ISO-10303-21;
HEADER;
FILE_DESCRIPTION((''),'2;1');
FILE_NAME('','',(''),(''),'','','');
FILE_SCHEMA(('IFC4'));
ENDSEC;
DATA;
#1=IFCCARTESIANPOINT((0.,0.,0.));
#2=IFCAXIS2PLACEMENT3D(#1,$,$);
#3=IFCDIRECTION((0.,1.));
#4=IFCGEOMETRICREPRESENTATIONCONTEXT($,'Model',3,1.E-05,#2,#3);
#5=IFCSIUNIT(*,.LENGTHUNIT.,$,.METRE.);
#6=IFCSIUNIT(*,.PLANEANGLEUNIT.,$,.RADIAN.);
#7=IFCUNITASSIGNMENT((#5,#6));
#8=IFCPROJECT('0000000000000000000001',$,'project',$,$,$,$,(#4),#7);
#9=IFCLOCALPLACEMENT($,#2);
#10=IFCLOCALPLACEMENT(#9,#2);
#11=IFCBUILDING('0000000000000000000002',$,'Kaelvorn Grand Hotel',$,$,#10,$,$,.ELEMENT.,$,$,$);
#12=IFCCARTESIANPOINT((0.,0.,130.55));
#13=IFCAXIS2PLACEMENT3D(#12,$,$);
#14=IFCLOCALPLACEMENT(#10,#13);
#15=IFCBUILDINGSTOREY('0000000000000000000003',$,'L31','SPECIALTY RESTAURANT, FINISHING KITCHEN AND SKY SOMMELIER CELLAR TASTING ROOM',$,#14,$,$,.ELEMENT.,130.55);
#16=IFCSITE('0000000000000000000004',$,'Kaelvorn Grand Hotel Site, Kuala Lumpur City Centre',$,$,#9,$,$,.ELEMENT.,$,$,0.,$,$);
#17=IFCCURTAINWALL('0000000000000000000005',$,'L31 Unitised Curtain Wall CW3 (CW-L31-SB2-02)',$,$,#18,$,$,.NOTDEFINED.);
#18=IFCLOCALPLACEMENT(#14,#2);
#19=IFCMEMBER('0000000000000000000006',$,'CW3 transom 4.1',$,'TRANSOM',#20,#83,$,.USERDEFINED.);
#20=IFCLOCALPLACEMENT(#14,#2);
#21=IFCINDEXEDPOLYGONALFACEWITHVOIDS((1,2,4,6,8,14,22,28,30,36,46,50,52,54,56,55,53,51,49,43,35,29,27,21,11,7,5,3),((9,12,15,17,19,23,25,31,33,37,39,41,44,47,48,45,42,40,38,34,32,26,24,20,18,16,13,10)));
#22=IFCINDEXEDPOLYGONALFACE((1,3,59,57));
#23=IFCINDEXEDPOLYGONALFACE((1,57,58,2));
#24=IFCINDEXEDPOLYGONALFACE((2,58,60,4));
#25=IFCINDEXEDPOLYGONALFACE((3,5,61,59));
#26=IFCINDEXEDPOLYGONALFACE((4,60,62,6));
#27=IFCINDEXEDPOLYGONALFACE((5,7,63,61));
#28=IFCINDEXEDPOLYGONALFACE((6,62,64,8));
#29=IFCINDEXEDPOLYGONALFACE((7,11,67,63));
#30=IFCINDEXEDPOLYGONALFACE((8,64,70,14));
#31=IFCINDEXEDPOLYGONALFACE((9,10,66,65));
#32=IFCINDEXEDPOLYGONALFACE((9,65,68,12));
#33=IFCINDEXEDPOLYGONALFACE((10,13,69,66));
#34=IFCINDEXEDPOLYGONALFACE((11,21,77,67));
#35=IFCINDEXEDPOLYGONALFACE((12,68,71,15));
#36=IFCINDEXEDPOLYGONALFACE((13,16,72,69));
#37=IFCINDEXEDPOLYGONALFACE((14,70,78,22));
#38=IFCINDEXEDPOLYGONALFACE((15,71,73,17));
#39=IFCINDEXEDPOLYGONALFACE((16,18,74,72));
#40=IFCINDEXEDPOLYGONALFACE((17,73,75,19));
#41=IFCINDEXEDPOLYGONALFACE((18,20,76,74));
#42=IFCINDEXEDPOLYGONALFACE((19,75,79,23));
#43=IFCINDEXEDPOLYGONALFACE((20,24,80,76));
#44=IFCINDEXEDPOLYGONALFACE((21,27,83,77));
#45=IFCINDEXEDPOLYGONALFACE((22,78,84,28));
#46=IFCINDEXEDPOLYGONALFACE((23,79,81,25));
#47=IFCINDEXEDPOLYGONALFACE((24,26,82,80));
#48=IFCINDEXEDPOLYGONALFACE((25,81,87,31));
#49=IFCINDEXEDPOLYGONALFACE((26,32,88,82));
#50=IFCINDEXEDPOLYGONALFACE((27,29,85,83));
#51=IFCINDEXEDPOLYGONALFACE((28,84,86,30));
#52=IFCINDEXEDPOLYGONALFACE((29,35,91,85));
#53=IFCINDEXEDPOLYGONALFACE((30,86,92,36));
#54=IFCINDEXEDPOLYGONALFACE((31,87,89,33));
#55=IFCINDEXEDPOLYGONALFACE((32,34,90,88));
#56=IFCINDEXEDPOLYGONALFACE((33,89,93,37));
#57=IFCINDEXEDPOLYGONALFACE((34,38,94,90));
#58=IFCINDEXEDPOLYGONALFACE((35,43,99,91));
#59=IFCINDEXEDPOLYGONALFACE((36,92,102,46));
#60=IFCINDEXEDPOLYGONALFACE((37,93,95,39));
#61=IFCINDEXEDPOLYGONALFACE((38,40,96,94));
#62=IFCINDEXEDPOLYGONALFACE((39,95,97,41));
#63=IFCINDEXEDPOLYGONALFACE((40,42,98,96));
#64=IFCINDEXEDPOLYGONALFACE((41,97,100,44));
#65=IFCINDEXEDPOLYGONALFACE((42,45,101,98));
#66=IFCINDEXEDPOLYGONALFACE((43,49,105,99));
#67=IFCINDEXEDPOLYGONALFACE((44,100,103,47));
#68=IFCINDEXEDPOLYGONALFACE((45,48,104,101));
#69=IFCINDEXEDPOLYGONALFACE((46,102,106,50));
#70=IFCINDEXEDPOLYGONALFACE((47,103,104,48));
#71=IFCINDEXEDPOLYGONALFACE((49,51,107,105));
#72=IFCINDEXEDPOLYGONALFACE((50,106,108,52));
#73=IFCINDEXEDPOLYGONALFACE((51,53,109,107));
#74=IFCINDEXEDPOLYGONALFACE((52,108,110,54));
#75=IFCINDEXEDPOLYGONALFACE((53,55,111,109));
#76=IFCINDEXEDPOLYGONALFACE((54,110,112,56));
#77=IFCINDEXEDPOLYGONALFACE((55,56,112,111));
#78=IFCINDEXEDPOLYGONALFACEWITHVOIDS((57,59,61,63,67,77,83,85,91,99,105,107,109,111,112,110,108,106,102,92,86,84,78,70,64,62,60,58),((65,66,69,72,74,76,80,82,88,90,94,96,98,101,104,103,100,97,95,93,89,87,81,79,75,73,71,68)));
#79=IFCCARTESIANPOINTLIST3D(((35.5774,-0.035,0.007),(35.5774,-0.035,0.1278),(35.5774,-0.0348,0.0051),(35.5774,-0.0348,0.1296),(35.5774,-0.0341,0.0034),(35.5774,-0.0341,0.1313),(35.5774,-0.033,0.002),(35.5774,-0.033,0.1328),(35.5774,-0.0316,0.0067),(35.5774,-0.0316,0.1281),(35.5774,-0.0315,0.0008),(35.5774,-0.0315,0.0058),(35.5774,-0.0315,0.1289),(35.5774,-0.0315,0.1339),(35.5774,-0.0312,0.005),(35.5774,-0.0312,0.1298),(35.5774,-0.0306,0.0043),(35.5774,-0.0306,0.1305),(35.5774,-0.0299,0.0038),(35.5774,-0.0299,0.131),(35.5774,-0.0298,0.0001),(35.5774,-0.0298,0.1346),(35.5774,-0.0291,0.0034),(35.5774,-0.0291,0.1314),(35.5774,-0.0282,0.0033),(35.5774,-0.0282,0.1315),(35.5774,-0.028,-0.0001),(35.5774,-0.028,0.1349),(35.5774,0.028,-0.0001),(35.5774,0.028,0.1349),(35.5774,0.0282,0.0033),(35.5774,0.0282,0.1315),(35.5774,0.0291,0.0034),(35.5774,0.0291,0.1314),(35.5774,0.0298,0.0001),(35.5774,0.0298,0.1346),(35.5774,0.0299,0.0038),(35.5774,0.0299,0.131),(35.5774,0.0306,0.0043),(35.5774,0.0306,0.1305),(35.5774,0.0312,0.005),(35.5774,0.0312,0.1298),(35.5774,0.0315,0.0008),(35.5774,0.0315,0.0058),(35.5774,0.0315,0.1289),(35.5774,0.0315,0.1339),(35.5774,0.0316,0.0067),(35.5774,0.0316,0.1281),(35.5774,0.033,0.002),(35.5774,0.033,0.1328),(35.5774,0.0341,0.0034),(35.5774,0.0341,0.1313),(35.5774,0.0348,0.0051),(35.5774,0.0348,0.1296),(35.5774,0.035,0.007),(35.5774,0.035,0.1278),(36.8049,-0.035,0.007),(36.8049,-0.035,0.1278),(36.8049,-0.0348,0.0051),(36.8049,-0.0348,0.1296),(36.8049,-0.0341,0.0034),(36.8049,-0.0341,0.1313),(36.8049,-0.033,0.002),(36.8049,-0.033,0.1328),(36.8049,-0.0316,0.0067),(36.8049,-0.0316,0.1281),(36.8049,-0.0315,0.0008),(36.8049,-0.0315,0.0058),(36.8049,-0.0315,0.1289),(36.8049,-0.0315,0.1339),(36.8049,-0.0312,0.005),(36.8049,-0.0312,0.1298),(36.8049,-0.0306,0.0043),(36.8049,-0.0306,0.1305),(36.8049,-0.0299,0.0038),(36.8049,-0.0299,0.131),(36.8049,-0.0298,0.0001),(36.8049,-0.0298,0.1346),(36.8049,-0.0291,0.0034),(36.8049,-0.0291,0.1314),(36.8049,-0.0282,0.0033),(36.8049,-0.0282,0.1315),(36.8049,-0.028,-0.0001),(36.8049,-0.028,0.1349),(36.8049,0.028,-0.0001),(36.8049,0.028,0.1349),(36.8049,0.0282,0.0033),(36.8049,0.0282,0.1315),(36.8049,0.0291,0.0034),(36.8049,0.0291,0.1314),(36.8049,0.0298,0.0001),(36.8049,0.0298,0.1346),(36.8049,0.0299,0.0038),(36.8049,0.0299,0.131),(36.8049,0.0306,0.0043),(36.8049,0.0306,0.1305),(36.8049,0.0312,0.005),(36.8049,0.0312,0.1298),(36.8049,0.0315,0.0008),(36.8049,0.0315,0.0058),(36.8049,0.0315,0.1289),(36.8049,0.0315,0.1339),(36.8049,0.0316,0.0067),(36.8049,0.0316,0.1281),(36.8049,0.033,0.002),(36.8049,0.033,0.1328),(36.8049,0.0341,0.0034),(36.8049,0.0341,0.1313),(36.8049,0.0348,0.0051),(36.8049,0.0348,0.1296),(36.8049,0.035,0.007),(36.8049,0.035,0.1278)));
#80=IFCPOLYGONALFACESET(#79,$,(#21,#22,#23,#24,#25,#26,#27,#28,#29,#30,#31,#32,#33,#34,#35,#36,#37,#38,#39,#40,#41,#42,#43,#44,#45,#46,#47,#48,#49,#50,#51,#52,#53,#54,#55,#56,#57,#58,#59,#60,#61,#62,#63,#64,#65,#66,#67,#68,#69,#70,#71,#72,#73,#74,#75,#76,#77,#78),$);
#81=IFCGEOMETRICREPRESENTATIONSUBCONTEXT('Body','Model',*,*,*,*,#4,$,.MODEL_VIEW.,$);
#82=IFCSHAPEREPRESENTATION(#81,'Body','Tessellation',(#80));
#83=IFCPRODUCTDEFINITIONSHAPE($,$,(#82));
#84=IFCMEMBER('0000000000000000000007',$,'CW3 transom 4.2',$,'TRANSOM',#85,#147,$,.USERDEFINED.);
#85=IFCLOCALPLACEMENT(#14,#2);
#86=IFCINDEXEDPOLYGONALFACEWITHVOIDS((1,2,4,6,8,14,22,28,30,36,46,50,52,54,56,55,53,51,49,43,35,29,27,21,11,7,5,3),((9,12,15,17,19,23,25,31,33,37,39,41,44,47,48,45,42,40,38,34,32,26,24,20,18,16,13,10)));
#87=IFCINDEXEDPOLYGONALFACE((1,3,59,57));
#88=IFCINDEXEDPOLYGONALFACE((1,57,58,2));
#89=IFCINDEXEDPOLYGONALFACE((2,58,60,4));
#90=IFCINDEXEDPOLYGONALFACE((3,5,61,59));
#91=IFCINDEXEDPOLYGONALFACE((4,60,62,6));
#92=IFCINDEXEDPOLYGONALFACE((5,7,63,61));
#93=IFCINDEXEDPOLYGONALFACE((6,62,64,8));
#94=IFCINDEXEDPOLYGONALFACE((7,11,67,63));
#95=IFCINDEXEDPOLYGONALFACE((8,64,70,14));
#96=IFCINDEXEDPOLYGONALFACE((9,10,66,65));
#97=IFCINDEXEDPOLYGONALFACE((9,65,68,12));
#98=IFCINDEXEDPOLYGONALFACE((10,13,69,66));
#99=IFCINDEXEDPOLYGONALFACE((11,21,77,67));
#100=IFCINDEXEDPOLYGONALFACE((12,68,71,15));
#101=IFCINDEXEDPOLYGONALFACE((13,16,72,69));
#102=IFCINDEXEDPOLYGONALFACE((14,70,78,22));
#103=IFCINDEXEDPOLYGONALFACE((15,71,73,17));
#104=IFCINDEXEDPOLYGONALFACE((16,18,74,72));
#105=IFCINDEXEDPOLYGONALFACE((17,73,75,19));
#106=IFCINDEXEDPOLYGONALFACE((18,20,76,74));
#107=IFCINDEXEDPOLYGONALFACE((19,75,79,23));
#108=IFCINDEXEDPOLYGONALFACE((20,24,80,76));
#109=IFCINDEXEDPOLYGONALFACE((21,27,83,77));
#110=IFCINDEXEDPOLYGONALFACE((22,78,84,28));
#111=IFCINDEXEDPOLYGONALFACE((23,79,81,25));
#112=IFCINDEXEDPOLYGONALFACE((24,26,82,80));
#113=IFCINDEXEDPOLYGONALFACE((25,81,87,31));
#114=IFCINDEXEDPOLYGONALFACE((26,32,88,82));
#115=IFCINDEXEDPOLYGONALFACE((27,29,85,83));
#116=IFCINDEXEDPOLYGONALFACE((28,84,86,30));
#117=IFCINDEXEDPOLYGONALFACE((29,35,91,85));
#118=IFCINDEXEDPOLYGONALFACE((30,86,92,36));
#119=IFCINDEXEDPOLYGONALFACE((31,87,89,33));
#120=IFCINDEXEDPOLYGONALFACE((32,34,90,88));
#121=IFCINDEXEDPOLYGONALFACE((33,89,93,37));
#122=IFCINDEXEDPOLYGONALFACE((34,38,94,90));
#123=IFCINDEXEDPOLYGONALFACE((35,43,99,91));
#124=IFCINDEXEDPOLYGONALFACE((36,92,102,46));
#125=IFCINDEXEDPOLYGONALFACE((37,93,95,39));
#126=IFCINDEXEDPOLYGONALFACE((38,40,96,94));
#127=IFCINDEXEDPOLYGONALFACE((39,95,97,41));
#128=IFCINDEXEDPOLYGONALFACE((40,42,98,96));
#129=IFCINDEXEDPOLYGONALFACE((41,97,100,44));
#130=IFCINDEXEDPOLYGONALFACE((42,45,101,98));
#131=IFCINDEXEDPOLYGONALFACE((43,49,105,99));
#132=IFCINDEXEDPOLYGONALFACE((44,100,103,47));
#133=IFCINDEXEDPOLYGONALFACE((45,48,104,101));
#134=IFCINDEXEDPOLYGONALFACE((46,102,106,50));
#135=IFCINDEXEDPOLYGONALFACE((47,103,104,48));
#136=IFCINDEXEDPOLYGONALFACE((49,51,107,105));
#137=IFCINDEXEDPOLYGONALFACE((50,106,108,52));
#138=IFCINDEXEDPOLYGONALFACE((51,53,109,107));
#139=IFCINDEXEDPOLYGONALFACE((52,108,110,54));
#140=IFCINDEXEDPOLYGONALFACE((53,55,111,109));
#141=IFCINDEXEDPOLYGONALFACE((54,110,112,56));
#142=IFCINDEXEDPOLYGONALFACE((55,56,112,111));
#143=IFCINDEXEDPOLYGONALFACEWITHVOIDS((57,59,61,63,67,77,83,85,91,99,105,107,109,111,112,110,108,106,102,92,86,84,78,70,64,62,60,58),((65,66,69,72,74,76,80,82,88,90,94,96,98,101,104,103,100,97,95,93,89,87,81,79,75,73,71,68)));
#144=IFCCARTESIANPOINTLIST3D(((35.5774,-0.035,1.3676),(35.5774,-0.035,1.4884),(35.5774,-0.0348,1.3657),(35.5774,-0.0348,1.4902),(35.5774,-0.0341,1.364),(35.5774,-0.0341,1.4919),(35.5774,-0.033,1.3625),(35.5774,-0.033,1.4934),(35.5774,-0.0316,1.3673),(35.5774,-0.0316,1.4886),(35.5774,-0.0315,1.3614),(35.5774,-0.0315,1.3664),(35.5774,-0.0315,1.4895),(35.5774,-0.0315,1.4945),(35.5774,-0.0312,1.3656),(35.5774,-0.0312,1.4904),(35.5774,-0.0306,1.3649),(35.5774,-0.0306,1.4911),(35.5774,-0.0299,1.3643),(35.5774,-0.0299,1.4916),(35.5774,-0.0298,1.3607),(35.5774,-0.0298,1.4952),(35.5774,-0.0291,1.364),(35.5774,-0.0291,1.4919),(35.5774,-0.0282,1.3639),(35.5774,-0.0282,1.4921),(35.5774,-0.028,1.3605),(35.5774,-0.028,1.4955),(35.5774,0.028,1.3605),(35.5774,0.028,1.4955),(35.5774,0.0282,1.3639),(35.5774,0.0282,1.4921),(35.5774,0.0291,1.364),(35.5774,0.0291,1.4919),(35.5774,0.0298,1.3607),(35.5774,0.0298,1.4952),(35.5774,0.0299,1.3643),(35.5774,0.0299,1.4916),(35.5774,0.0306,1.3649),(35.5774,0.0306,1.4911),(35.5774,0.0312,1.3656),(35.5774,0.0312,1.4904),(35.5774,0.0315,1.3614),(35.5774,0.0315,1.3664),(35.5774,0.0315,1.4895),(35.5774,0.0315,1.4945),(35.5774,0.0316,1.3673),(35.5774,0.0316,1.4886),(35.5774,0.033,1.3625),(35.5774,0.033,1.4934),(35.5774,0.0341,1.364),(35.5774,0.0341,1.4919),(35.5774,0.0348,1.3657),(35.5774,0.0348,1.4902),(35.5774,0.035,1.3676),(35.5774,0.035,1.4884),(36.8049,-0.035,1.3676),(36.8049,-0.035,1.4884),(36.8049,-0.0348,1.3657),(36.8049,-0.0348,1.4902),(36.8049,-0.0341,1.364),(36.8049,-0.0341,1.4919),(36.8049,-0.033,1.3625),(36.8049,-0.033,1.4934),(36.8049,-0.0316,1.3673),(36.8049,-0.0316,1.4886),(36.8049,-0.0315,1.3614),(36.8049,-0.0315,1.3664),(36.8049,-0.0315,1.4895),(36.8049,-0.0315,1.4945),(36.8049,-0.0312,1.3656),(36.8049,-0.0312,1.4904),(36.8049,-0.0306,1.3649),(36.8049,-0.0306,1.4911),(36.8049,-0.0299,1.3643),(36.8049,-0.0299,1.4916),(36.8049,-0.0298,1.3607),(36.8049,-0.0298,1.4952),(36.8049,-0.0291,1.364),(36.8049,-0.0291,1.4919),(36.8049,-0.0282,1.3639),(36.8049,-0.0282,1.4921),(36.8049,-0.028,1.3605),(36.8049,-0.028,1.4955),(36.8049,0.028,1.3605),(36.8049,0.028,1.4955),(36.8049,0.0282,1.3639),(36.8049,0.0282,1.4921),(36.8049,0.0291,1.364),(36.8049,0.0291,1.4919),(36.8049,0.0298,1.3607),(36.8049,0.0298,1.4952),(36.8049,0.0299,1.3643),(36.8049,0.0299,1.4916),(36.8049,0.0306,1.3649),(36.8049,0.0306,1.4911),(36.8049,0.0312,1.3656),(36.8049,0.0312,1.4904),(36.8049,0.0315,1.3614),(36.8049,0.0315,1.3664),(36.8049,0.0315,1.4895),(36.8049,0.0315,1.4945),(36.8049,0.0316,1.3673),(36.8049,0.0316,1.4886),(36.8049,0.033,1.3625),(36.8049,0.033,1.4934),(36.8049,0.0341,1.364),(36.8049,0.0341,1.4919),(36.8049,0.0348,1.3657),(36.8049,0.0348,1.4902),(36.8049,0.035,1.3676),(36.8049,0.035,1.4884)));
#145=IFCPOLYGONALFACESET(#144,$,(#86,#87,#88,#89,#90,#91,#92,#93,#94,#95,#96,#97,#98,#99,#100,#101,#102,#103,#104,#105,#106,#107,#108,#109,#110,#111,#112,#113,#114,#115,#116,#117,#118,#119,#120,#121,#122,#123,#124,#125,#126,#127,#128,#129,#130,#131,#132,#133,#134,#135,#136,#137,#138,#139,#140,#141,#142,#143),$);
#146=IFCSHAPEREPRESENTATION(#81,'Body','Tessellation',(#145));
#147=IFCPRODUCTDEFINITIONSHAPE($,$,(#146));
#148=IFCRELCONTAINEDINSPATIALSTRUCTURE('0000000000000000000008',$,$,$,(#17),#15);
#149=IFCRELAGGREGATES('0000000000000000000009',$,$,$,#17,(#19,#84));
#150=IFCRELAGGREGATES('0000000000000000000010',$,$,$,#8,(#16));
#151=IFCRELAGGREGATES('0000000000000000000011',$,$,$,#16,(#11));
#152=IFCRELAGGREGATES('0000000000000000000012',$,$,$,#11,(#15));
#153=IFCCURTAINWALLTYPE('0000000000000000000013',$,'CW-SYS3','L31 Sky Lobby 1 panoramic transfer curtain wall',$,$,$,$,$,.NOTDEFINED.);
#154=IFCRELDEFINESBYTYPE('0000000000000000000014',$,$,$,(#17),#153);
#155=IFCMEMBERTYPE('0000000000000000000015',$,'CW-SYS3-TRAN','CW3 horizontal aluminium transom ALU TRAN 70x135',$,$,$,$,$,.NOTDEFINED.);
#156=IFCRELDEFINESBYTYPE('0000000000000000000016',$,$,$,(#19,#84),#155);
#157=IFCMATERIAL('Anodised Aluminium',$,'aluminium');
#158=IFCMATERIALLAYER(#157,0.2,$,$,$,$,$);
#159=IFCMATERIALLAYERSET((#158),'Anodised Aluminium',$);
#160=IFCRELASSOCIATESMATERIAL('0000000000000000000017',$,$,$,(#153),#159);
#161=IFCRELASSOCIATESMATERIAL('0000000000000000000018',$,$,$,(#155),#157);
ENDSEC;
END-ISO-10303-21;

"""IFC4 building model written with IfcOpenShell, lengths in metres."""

from ifc_helpers import new_model, si_unit, direction, frame, origin, origin_2d, place, context, subcontext, project, spatial, hollow_rectangle, extrude, material, layer, layer_set, material_profile, profile_set, type_object, element, aggregate, save


model = new_model("IFC4")

# Units and contexts
model_context = context("Model", 3, precision=1e-05, world=origin(), true_north=direction((0.0, 1.0)))
body_context = subcontext(model_context, "Body", "Model", "MODEL_VIEW")
ifc_project = project(units=[si_unit("LENGTHUNIT", "METRE"), si_unit("PLANEANGLEUNIT", "RADIAN")], contexts=[model_context])

# Site, building, storey
site_placement = place(None, origin())
site = spatial("IfcSite", under=ifc_project, at=site_placement, Name="Kaelvorn Grand Hotel Site, Kuala Lumpur City Centre", CompositionType="ELEMENT", RefElevation=0.0)
building_placement = place(site_placement, origin())
building = spatial("IfcBuilding", under=site, at=building_placement, Name="Kaelvorn Grand Hotel", CompositionType="ELEMENT")
storey_placement = place(building_placement, frame((0.0, 0.0, 130.55)))
storey = spatial("IfcBuildingStorey", under=building, at=storey_placement, Name="L31", Description="SPECIALTY RESTAURANT, FINISHING KITCHEN AND SKY SOMMELIER CELLAR TASTING ROOM", CompositionType="ELEMENT", Elevation=130.55)

# Curtain wall, members
ifc_material_1 = material(Name="Anodised Aluminium", Category="aluminium")
ifc_layer_1 = layer(ifc_material_1, 0.2)
ifc_layer_set_1 = layer_set([ifc_layer_1], Name="Anodised Aluminium")
curtain_wall_type = type_object("IfcCurtainWallType", Name="CW-SYS3", Description="L31 Sky Lobby 1 panoramic transfer curtain wall", PredefinedType="NOTDEFINED", material=ifc_layer_set_1)
curtain_wall_placement = place(storey_placement, origin())
curtain_wall = element("IfcCurtainWall", 1, at=curtain_wall_placement, inside=storey, type_object=curtain_wall_type, Name="L31 Unitised Curtain Wall CW3 (CW-L31-SB2-02)", PredefinedType="NOTDEFINED")
ifc_material_profile_1 = material_profile(ifc_material_1, hollow_rectangle(XDim=0.0701, YDim=0.135, WallThickness=0.0034, InnerFilletRadius=0.0034, OuterFilletRadius=0.0071, at=origin_2d()), Name="ALU TRAN 70x135")
ifc_profile_set_1 = profile_set([ifc_material_profile_1], Name="Anodised Aluminium")
member_type_1 = type_object("IfcMemberType", Name="CW-SYS3-TRAN", Description="CW3 horizontal aluminium transom ALU TRAN 70x135", PredefinedType="NOTDEFINED", material=ifc_profile_set_1)
member_1_placement = place(storey_placement, frame((35.5774, 0.0, 0.0674), z_axis=(1.0, 0.0, 0.0), x_axis=(0.0, 1.0, 0.0)))
member_1 = element("IfcMember", 2, at=member_1_placement, type_object=member_type_1, Name="CW3 transom 4.1", ObjectType="TRANSOM", PredefinedType="USERDEFINED", context=body_context, shape_type="SweptSolid", body=[
    extrude(hollow_rectangle(XDim=0.0701, YDim=0.135, WallThickness=0.0034, InnerFilletRadius=0.0034, OuterFilletRadius=0.0071, at=origin_2d()), origin(), (0.0, 0.0, 1.0), 1.2275),
])
member_2_placement = place(storey_placement, frame((35.5774, 0.0, 1.428), z_axis=(1.0, 0.0, 0.0), x_axis=(0.0, 1.0, 0.0)))
member_2 = element("IfcMember", 3, at=member_2_placement, type_object=member_type_1, Name="CW3 transom 4.2", ObjectType="TRANSOM", PredefinedType="USERDEFINED", context=body_context, shape_type="SweptSolid", body=[
    extrude(hollow_rectangle(XDim=0.0701, YDim=0.135, WallThickness=0.0034, InnerFilletRadius=0.0034, OuterFilletRadius=0.0071, at=origin_2d()), origin(), (0.0, 0.0, 1.0), 1.2275),
])
aggregate(curtain_wall, [member_1, member_2])

save(model, "model.ifc")
